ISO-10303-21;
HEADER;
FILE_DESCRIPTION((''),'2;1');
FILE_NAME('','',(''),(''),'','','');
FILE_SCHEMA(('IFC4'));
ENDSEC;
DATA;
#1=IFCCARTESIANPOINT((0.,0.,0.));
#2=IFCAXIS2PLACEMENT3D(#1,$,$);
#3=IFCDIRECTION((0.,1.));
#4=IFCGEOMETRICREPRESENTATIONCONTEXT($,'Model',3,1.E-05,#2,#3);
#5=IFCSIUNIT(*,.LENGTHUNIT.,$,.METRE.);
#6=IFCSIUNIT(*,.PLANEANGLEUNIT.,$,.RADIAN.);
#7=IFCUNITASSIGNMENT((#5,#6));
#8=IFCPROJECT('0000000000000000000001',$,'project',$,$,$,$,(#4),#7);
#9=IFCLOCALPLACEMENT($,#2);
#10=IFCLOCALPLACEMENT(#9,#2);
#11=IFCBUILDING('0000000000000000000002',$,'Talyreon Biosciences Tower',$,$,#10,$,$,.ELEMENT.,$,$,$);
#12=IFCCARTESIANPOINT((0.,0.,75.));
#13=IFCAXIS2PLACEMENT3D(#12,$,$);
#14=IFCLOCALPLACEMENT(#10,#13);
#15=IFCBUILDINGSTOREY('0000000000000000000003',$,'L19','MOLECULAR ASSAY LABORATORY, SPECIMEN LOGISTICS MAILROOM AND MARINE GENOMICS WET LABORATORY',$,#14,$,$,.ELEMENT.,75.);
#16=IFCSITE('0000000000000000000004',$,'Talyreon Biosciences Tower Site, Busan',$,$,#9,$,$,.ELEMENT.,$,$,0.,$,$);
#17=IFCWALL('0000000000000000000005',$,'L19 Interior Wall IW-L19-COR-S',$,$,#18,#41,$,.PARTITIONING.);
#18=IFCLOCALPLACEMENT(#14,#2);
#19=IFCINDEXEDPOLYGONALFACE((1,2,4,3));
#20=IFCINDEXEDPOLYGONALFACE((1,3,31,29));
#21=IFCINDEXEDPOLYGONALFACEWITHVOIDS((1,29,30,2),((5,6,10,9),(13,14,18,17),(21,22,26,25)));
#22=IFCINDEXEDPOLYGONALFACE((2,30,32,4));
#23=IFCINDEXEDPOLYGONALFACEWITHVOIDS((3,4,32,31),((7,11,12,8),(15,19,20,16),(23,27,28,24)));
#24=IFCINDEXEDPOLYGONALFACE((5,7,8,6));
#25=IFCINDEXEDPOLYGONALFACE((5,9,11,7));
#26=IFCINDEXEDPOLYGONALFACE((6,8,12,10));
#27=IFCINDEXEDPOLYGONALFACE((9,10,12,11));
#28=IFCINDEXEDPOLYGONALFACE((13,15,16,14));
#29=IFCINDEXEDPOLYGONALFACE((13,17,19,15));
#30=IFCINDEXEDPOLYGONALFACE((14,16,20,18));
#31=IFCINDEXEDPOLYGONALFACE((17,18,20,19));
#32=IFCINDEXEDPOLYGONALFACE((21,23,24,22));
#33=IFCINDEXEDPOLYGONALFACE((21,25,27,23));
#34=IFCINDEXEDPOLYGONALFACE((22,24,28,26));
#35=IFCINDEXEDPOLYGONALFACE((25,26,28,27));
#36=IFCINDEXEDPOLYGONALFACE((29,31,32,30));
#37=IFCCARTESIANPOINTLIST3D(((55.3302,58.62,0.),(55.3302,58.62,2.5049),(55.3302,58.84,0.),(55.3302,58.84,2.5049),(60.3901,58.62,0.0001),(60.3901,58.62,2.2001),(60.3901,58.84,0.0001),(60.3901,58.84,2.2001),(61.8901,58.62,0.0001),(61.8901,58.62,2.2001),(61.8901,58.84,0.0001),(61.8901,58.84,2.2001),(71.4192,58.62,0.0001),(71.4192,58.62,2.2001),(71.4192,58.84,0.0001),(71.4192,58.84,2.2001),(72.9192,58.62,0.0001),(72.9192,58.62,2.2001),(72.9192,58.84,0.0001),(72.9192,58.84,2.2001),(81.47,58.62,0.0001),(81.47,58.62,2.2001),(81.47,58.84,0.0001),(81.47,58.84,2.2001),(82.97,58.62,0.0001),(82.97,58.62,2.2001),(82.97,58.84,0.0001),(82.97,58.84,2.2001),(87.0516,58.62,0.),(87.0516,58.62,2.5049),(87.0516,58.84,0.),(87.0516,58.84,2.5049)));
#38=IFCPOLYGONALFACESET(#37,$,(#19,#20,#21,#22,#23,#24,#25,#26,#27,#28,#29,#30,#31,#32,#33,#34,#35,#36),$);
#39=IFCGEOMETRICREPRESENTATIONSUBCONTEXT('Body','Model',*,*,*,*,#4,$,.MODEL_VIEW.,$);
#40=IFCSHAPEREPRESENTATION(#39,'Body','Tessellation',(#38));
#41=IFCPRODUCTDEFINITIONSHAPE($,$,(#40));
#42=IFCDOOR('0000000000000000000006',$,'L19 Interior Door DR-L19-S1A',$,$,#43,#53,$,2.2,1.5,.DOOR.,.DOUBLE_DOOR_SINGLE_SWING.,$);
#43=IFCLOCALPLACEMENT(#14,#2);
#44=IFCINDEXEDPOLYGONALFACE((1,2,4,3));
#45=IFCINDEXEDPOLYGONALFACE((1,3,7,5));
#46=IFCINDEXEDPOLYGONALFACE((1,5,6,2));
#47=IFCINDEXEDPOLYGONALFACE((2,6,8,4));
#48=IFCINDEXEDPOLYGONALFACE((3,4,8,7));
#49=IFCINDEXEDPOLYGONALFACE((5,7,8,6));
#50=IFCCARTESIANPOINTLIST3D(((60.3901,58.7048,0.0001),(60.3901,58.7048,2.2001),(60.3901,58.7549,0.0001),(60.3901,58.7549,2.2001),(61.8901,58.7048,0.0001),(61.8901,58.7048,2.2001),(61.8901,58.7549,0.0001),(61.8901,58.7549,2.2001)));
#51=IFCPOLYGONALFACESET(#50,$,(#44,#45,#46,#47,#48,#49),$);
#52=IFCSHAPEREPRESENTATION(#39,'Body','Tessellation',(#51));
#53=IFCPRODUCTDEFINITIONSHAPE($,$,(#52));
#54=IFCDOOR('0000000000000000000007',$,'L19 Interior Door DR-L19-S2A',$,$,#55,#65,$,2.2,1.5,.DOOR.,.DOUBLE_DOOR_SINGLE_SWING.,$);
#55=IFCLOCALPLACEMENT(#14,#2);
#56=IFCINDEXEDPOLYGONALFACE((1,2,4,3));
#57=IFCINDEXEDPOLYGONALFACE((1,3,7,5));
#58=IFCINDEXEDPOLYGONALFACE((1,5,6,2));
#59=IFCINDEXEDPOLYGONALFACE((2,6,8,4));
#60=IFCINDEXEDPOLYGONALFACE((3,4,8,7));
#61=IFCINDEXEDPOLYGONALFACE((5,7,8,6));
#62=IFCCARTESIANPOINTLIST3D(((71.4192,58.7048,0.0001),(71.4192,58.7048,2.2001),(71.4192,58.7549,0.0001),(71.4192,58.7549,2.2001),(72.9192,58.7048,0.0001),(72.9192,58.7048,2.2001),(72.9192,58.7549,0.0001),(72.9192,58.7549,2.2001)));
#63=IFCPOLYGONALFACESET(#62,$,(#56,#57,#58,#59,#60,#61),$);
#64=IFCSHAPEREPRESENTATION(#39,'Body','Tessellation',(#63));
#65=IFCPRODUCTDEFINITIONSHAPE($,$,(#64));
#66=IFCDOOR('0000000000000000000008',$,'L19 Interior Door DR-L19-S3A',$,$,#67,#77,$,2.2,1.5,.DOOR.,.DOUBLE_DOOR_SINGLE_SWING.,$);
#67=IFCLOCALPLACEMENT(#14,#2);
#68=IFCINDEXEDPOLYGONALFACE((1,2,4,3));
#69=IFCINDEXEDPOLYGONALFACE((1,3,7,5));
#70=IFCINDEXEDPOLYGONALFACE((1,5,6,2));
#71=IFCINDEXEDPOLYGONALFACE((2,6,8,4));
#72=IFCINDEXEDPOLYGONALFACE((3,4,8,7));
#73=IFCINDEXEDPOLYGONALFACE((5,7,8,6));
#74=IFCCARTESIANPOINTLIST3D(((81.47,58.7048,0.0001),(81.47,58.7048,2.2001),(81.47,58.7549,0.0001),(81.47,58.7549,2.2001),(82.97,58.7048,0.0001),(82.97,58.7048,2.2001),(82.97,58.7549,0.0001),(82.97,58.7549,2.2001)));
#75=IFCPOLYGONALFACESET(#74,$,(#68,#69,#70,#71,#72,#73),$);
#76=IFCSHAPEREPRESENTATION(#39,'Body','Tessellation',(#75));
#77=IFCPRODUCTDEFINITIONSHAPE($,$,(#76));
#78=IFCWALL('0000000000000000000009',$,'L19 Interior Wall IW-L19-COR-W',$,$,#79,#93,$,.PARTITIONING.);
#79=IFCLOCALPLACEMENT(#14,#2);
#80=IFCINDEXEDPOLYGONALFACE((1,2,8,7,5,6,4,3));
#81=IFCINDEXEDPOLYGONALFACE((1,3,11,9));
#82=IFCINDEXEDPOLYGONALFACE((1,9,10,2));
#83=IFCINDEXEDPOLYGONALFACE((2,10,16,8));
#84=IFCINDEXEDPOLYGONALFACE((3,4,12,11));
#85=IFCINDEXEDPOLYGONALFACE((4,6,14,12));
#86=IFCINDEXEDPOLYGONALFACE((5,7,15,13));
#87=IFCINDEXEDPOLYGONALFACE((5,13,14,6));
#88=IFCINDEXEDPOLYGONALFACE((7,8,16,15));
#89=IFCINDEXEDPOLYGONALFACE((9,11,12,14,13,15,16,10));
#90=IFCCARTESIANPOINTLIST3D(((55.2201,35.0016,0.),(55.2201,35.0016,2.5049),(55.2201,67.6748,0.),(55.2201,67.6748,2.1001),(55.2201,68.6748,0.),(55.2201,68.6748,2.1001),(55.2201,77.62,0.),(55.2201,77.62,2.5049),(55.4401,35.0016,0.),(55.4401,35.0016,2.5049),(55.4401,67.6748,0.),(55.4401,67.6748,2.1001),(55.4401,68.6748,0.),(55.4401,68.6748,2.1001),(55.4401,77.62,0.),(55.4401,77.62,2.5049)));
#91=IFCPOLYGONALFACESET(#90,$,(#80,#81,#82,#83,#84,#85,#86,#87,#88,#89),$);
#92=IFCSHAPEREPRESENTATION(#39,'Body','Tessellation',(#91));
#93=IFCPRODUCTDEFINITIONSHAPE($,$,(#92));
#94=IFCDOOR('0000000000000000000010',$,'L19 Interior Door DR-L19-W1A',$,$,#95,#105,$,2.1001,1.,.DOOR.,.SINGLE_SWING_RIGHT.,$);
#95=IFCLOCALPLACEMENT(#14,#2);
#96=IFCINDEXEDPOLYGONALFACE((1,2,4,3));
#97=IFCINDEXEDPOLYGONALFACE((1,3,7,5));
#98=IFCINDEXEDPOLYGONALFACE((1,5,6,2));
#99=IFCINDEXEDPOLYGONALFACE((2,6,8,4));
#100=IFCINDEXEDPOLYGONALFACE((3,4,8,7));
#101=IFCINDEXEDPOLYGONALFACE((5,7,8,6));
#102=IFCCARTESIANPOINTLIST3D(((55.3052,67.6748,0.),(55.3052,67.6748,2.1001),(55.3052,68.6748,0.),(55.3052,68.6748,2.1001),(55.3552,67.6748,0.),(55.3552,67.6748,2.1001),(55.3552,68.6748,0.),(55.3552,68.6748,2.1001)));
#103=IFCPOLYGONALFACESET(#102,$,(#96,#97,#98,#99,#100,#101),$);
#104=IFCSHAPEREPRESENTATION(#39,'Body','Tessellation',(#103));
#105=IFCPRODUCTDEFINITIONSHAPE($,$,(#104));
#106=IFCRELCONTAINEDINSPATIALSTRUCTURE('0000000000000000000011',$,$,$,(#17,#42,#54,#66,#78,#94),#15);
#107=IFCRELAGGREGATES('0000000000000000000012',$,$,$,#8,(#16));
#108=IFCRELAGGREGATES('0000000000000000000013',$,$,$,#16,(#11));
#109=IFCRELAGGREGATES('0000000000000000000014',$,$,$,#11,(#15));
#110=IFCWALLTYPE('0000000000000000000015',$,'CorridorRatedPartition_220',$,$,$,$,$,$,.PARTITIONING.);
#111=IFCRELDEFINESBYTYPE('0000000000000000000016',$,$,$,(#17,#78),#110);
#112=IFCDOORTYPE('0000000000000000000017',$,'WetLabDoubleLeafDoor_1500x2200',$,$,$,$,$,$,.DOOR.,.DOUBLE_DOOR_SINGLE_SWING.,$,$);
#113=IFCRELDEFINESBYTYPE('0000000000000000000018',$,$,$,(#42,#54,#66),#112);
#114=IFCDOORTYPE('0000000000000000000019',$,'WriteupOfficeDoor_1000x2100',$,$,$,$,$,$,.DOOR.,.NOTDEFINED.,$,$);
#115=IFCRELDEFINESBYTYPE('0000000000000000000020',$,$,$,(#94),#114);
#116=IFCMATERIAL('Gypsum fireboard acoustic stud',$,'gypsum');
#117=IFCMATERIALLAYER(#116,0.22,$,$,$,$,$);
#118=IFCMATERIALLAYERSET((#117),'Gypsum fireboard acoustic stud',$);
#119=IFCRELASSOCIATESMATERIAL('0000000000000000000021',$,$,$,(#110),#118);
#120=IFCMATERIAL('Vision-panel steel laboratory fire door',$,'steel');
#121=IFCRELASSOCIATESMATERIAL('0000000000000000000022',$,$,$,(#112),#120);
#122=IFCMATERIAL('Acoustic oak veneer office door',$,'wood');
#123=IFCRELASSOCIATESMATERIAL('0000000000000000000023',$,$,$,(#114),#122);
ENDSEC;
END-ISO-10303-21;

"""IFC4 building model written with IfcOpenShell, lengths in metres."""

from ifc_helpers import new_model, si_unit, direction, frame, frame_2d, origin, place, context, subcontext, project, spatial, rectangle, extrude, material, layer, layer_set, type_object, element, fill, save


model = new_model("IFC4")

# Units and contexts
model_context = context("Model", 3, precision=1e-05, world=origin(), true_north=direction((0.0, 1.0)))
body_context = subcontext(model_context, "Body", "Model", "MODEL_VIEW")
ifc_project = project(units=[si_unit("LENGTHUNIT", "METRE"), si_unit("PLANEANGLEUNIT", "RADIAN")], contexts=[model_context])

# Site, building, storey
site_placement = place(None, origin())
site = spatial("IfcSite", under=ifc_project, at=site_placement, Name="Talyreon Biosciences Tower Site, Busan", CompositionType="ELEMENT", RefElevation=0.0)
building_placement = place(site_placement, origin())
building = spatial("IfcBuilding", under=site, at=building_placement, Name="Talyreon Biosciences Tower", CompositionType="ELEMENT")
storey_placement = place(building_placement, frame((0.0, 0.0, 75.0)))
storey = spatial("IfcBuildingStorey", under=building, at=storey_placement, Name="L19", Description="MOLECULAR ASSAY LABORATORY, SPECIMEN LOGISTICS MAILROOM AND MARINE GENOMICS WET LABORATORY", CompositionType="ELEMENT", Elevation=75.0)

# Wall, openings, doors
ifc_material_1 = material(Name="Gypsum fireboard acoustic stud", Category="gypsum")
ifc_layer_1 = layer(ifc_material_1, 0.22)
ifc_layer_set_1 = layer_set([ifc_layer_1], Name="Gypsum fireboard acoustic stud")
wall_type = type_object("IfcWallType", Name="CorridorRatedPartition_220", PredefinedType="PARTITIONING", material=ifc_layer_set_1)
wall_1_placement = place(storey_placement, frame((55.3301, 58.73, 0.0), z_axis=(0.0, 0.0, 1.0), x_axis=(1.0, 0.0, 0.0)))
wall_1 = element("IfcWall", 1, at=wall_1_placement, inside=storey, type_object=wall_type, Name="L19 Interior Wall IW-L19-COR-S", PredefinedType="PARTITIONING", context=body_context, shape_type="SweptSolid", body=[
    extrude(rectangle(XDim=31.7214, YDim=0.22, at=frame_2d((15.8608, 0.0))), origin(), (0.0, 0.0, 1.0), 2.5049),
])
opening_1_placement = place(wall_1_placement, frame((5.0601, 0.0, 0.0)))
opening_1 = element("IfcOpeningElement", 2, at=opening_1_placement, cuts=wall_1, PredefinedType="OPENING", context=body_context, shape_type="SweptSolid", body=[
    extrude(rectangle(XDim=1.5, YDim=2.2, at=frame_2d((0.75, 1.1001))), frame((0.0, 0.1199, 0.0), z_axis=(0.0, -1.0, 0.0), x_axis=(1.0, 0.0, 0.0)), (0.0, 0.0, 1.0), 0.24),
])
opening_2_placement = place(wall_1_placement, frame((16.0891, 0.0, 0.0)))
opening_2 = element("IfcOpeningElement", 3, at=opening_2_placement, cuts=wall_1, PredefinedType="OPENING", context=body_context, shape_type="SweptSolid", body=[
    extrude(rectangle(XDim=1.5, YDim=2.2, at=frame_2d((0.75, 1.1001))), frame((0.0, 0.1199, 0.0), z_axis=(0.0, -1.0, 0.0), x_axis=(1.0, 0.0, 0.0)), (0.0, 0.0, 1.0), 0.24),
])
opening_3_placement = place(wall_1_placement, frame((26.1399, 0.0, 0.0)))
opening_3 = element("IfcOpeningElement", 4, at=opening_3_placement, cuts=wall_1, PredefinedType="OPENING", context=body_context, shape_type="SweptSolid", body=[
    extrude(rectangle(XDim=1.5, YDim=2.2, at=frame_2d((0.75, 1.1001))), frame((0.0, 0.1199, 0.0), z_axis=(0.0, -1.0, 0.0), x_axis=(1.0, 0.0, 0.0)), (0.0, 0.0, 1.0), 0.24),
])
ifc_material_2 = material(Name="Vision-panel steel laboratory fire door", Category="steel")
door_type_1 = type_object("IfcDoorType", Name="WetLabDoubleLeafDoor_1500x2200", OperationType="DOUBLE_DOOR_SINGLE_SWING", PredefinedType="DOOR", material=ifc_material_2)
door_1_placement = place(opening_1_placement, origin())
door_1 = element("IfcDoor", 5, at=door_1_placement, inside=storey, type_object=door_type_1, Name="L19 Interior Door DR-L19-S1A", OperationType="DOUBLE_DOOR_SINGLE_SWING", OverallHeight=2.2, OverallWidth=1.5, PredefinedType="DOOR", context=body_context, shape_type="SweptSolid", body=[
    extrude(rectangle(XDim=1.5, YDim=2.2, at=frame_2d((0.75, 1.1001))), frame((0.0, 0.0249, 0.0), z_axis=(0.0, -1.0, 0.0), x_axis=(1.0, 0.0, 0.0)), (0.0, 0.0, 1.0), 0.05),
])
fill(opening_1, door_1)
door_2_placement = place(opening_2_placement, origin())
door_2 = element("IfcDoor", 6, at=door_2_placement, inside=storey, type_object=door_type_1, Name="L19 Interior Door DR-L19-S2A", OperationType="DOUBLE_DOOR_SINGLE_SWING", OverallHeight=2.2, OverallWidth=1.5, PredefinedType="DOOR", context=body_context, shape_type="SweptSolid", body=[
    extrude(rectangle(XDim=1.5, YDim=2.2, at=frame_2d((0.75, 1.1001))), frame((0.0, 0.0249, 0.0), z_axis=(0.0, -1.0, 0.0), x_axis=(1.0, 0.0, 0.0)), (0.0, 0.0, 1.0), 0.05),
])
fill(opening_2, door_2)
door_3_placement = place(opening_3_placement, origin())
door_3 = element("IfcDoor", 7, at=door_3_placement, inside=storey, type_object=door_type_1, Name="L19 Interior Door DR-L19-S3A", OperationType="DOUBLE_DOOR_SINGLE_SWING", OverallHeight=2.2, OverallWidth=1.5, PredefinedType="DOOR", context=body_context, shape_type="SweptSolid", body=[
    extrude(rectangle(XDim=1.5, YDim=2.2, at=frame_2d((0.75, 1.1001))), frame((0.0, 0.0249, 0.0), z_axis=(0.0, -1.0, 0.0), x_axis=(1.0, 0.0, 0.0)), (0.0, 0.0, 1.0), 0.05),
])
fill(opening_3, door_3)

# Wall, opening, door
wall_2_placement = place(storey_placement, frame((55.3301, 35.0017, 0.0), z_axis=(0.0, 0.0, 1.0), x_axis=(0.0, 1.0, 0.0)))
wall_2 = element("IfcWall", 8, at=wall_2_placement, inside=storey, type_object=wall_type, Name="L19 Interior Wall IW-L19-COR-W", PredefinedType="PARTITIONING", context=body_context, shape_type="SweptSolid", body=[
    extrude(rectangle(XDim=42.6184, YDim=0.22, at=frame_2d((21.3091, 0.0))), origin(), (0.0, 0.0, 1.0), 2.5049),
])
opening_4_placement = place(wall_2_placement, frame((32.6731, 0.0, 0.0)))
opening_4 = element("IfcOpeningElement", 9, at=opening_4_placement, cuts=wall_2, PredefinedType="OPENING", context=body_context, shape_type="SweptSolid", body=[
    extrude(rectangle(XDim=1.0, YDim=2.1001, at=frame_2d((0.5, 1.05))), frame((0.0, 0.1199, 0.0), z_axis=(0.0, -1.0, 0.0), x_axis=(1.0, 0.0, 0.0)), (0.0, 0.0, 1.0), 0.24),
])
ifc_material_3 = material(Name="Acoustic oak veneer office door", Category="wood")
door_type_2 = type_object("IfcDoorType", Name="WriteupOfficeDoor_1000x2100", OperationType="NOTDEFINED", PredefinedType="DOOR", material=ifc_material_3)
door_4_placement = place(opening_4_placement, origin())
door_4 = element("IfcDoor", 10, at=door_4_placement, inside=storey, type_object=door_type_2, Name="L19 Interior Door DR-L19-W1A", OperationType="SINGLE_SWING_RIGHT", OverallHeight=2.1001, OverallWidth=1.0, PredefinedType="DOOR", context=body_context, shape_type="SweptSolid", body=[
    extrude(rectangle(XDim=1.0, YDim=2.1001, at=frame_2d((0.5, 1.05))), frame((0.0, 0.0249, 0.0), z_axis=(0.0, -1.0, 0.0), x_axis=(1.0, 0.0, 0.0)), (0.0, 0.0, 1.0), 0.05),
])
fill(opening_4, door_4)

save(model, "model.ifc")
